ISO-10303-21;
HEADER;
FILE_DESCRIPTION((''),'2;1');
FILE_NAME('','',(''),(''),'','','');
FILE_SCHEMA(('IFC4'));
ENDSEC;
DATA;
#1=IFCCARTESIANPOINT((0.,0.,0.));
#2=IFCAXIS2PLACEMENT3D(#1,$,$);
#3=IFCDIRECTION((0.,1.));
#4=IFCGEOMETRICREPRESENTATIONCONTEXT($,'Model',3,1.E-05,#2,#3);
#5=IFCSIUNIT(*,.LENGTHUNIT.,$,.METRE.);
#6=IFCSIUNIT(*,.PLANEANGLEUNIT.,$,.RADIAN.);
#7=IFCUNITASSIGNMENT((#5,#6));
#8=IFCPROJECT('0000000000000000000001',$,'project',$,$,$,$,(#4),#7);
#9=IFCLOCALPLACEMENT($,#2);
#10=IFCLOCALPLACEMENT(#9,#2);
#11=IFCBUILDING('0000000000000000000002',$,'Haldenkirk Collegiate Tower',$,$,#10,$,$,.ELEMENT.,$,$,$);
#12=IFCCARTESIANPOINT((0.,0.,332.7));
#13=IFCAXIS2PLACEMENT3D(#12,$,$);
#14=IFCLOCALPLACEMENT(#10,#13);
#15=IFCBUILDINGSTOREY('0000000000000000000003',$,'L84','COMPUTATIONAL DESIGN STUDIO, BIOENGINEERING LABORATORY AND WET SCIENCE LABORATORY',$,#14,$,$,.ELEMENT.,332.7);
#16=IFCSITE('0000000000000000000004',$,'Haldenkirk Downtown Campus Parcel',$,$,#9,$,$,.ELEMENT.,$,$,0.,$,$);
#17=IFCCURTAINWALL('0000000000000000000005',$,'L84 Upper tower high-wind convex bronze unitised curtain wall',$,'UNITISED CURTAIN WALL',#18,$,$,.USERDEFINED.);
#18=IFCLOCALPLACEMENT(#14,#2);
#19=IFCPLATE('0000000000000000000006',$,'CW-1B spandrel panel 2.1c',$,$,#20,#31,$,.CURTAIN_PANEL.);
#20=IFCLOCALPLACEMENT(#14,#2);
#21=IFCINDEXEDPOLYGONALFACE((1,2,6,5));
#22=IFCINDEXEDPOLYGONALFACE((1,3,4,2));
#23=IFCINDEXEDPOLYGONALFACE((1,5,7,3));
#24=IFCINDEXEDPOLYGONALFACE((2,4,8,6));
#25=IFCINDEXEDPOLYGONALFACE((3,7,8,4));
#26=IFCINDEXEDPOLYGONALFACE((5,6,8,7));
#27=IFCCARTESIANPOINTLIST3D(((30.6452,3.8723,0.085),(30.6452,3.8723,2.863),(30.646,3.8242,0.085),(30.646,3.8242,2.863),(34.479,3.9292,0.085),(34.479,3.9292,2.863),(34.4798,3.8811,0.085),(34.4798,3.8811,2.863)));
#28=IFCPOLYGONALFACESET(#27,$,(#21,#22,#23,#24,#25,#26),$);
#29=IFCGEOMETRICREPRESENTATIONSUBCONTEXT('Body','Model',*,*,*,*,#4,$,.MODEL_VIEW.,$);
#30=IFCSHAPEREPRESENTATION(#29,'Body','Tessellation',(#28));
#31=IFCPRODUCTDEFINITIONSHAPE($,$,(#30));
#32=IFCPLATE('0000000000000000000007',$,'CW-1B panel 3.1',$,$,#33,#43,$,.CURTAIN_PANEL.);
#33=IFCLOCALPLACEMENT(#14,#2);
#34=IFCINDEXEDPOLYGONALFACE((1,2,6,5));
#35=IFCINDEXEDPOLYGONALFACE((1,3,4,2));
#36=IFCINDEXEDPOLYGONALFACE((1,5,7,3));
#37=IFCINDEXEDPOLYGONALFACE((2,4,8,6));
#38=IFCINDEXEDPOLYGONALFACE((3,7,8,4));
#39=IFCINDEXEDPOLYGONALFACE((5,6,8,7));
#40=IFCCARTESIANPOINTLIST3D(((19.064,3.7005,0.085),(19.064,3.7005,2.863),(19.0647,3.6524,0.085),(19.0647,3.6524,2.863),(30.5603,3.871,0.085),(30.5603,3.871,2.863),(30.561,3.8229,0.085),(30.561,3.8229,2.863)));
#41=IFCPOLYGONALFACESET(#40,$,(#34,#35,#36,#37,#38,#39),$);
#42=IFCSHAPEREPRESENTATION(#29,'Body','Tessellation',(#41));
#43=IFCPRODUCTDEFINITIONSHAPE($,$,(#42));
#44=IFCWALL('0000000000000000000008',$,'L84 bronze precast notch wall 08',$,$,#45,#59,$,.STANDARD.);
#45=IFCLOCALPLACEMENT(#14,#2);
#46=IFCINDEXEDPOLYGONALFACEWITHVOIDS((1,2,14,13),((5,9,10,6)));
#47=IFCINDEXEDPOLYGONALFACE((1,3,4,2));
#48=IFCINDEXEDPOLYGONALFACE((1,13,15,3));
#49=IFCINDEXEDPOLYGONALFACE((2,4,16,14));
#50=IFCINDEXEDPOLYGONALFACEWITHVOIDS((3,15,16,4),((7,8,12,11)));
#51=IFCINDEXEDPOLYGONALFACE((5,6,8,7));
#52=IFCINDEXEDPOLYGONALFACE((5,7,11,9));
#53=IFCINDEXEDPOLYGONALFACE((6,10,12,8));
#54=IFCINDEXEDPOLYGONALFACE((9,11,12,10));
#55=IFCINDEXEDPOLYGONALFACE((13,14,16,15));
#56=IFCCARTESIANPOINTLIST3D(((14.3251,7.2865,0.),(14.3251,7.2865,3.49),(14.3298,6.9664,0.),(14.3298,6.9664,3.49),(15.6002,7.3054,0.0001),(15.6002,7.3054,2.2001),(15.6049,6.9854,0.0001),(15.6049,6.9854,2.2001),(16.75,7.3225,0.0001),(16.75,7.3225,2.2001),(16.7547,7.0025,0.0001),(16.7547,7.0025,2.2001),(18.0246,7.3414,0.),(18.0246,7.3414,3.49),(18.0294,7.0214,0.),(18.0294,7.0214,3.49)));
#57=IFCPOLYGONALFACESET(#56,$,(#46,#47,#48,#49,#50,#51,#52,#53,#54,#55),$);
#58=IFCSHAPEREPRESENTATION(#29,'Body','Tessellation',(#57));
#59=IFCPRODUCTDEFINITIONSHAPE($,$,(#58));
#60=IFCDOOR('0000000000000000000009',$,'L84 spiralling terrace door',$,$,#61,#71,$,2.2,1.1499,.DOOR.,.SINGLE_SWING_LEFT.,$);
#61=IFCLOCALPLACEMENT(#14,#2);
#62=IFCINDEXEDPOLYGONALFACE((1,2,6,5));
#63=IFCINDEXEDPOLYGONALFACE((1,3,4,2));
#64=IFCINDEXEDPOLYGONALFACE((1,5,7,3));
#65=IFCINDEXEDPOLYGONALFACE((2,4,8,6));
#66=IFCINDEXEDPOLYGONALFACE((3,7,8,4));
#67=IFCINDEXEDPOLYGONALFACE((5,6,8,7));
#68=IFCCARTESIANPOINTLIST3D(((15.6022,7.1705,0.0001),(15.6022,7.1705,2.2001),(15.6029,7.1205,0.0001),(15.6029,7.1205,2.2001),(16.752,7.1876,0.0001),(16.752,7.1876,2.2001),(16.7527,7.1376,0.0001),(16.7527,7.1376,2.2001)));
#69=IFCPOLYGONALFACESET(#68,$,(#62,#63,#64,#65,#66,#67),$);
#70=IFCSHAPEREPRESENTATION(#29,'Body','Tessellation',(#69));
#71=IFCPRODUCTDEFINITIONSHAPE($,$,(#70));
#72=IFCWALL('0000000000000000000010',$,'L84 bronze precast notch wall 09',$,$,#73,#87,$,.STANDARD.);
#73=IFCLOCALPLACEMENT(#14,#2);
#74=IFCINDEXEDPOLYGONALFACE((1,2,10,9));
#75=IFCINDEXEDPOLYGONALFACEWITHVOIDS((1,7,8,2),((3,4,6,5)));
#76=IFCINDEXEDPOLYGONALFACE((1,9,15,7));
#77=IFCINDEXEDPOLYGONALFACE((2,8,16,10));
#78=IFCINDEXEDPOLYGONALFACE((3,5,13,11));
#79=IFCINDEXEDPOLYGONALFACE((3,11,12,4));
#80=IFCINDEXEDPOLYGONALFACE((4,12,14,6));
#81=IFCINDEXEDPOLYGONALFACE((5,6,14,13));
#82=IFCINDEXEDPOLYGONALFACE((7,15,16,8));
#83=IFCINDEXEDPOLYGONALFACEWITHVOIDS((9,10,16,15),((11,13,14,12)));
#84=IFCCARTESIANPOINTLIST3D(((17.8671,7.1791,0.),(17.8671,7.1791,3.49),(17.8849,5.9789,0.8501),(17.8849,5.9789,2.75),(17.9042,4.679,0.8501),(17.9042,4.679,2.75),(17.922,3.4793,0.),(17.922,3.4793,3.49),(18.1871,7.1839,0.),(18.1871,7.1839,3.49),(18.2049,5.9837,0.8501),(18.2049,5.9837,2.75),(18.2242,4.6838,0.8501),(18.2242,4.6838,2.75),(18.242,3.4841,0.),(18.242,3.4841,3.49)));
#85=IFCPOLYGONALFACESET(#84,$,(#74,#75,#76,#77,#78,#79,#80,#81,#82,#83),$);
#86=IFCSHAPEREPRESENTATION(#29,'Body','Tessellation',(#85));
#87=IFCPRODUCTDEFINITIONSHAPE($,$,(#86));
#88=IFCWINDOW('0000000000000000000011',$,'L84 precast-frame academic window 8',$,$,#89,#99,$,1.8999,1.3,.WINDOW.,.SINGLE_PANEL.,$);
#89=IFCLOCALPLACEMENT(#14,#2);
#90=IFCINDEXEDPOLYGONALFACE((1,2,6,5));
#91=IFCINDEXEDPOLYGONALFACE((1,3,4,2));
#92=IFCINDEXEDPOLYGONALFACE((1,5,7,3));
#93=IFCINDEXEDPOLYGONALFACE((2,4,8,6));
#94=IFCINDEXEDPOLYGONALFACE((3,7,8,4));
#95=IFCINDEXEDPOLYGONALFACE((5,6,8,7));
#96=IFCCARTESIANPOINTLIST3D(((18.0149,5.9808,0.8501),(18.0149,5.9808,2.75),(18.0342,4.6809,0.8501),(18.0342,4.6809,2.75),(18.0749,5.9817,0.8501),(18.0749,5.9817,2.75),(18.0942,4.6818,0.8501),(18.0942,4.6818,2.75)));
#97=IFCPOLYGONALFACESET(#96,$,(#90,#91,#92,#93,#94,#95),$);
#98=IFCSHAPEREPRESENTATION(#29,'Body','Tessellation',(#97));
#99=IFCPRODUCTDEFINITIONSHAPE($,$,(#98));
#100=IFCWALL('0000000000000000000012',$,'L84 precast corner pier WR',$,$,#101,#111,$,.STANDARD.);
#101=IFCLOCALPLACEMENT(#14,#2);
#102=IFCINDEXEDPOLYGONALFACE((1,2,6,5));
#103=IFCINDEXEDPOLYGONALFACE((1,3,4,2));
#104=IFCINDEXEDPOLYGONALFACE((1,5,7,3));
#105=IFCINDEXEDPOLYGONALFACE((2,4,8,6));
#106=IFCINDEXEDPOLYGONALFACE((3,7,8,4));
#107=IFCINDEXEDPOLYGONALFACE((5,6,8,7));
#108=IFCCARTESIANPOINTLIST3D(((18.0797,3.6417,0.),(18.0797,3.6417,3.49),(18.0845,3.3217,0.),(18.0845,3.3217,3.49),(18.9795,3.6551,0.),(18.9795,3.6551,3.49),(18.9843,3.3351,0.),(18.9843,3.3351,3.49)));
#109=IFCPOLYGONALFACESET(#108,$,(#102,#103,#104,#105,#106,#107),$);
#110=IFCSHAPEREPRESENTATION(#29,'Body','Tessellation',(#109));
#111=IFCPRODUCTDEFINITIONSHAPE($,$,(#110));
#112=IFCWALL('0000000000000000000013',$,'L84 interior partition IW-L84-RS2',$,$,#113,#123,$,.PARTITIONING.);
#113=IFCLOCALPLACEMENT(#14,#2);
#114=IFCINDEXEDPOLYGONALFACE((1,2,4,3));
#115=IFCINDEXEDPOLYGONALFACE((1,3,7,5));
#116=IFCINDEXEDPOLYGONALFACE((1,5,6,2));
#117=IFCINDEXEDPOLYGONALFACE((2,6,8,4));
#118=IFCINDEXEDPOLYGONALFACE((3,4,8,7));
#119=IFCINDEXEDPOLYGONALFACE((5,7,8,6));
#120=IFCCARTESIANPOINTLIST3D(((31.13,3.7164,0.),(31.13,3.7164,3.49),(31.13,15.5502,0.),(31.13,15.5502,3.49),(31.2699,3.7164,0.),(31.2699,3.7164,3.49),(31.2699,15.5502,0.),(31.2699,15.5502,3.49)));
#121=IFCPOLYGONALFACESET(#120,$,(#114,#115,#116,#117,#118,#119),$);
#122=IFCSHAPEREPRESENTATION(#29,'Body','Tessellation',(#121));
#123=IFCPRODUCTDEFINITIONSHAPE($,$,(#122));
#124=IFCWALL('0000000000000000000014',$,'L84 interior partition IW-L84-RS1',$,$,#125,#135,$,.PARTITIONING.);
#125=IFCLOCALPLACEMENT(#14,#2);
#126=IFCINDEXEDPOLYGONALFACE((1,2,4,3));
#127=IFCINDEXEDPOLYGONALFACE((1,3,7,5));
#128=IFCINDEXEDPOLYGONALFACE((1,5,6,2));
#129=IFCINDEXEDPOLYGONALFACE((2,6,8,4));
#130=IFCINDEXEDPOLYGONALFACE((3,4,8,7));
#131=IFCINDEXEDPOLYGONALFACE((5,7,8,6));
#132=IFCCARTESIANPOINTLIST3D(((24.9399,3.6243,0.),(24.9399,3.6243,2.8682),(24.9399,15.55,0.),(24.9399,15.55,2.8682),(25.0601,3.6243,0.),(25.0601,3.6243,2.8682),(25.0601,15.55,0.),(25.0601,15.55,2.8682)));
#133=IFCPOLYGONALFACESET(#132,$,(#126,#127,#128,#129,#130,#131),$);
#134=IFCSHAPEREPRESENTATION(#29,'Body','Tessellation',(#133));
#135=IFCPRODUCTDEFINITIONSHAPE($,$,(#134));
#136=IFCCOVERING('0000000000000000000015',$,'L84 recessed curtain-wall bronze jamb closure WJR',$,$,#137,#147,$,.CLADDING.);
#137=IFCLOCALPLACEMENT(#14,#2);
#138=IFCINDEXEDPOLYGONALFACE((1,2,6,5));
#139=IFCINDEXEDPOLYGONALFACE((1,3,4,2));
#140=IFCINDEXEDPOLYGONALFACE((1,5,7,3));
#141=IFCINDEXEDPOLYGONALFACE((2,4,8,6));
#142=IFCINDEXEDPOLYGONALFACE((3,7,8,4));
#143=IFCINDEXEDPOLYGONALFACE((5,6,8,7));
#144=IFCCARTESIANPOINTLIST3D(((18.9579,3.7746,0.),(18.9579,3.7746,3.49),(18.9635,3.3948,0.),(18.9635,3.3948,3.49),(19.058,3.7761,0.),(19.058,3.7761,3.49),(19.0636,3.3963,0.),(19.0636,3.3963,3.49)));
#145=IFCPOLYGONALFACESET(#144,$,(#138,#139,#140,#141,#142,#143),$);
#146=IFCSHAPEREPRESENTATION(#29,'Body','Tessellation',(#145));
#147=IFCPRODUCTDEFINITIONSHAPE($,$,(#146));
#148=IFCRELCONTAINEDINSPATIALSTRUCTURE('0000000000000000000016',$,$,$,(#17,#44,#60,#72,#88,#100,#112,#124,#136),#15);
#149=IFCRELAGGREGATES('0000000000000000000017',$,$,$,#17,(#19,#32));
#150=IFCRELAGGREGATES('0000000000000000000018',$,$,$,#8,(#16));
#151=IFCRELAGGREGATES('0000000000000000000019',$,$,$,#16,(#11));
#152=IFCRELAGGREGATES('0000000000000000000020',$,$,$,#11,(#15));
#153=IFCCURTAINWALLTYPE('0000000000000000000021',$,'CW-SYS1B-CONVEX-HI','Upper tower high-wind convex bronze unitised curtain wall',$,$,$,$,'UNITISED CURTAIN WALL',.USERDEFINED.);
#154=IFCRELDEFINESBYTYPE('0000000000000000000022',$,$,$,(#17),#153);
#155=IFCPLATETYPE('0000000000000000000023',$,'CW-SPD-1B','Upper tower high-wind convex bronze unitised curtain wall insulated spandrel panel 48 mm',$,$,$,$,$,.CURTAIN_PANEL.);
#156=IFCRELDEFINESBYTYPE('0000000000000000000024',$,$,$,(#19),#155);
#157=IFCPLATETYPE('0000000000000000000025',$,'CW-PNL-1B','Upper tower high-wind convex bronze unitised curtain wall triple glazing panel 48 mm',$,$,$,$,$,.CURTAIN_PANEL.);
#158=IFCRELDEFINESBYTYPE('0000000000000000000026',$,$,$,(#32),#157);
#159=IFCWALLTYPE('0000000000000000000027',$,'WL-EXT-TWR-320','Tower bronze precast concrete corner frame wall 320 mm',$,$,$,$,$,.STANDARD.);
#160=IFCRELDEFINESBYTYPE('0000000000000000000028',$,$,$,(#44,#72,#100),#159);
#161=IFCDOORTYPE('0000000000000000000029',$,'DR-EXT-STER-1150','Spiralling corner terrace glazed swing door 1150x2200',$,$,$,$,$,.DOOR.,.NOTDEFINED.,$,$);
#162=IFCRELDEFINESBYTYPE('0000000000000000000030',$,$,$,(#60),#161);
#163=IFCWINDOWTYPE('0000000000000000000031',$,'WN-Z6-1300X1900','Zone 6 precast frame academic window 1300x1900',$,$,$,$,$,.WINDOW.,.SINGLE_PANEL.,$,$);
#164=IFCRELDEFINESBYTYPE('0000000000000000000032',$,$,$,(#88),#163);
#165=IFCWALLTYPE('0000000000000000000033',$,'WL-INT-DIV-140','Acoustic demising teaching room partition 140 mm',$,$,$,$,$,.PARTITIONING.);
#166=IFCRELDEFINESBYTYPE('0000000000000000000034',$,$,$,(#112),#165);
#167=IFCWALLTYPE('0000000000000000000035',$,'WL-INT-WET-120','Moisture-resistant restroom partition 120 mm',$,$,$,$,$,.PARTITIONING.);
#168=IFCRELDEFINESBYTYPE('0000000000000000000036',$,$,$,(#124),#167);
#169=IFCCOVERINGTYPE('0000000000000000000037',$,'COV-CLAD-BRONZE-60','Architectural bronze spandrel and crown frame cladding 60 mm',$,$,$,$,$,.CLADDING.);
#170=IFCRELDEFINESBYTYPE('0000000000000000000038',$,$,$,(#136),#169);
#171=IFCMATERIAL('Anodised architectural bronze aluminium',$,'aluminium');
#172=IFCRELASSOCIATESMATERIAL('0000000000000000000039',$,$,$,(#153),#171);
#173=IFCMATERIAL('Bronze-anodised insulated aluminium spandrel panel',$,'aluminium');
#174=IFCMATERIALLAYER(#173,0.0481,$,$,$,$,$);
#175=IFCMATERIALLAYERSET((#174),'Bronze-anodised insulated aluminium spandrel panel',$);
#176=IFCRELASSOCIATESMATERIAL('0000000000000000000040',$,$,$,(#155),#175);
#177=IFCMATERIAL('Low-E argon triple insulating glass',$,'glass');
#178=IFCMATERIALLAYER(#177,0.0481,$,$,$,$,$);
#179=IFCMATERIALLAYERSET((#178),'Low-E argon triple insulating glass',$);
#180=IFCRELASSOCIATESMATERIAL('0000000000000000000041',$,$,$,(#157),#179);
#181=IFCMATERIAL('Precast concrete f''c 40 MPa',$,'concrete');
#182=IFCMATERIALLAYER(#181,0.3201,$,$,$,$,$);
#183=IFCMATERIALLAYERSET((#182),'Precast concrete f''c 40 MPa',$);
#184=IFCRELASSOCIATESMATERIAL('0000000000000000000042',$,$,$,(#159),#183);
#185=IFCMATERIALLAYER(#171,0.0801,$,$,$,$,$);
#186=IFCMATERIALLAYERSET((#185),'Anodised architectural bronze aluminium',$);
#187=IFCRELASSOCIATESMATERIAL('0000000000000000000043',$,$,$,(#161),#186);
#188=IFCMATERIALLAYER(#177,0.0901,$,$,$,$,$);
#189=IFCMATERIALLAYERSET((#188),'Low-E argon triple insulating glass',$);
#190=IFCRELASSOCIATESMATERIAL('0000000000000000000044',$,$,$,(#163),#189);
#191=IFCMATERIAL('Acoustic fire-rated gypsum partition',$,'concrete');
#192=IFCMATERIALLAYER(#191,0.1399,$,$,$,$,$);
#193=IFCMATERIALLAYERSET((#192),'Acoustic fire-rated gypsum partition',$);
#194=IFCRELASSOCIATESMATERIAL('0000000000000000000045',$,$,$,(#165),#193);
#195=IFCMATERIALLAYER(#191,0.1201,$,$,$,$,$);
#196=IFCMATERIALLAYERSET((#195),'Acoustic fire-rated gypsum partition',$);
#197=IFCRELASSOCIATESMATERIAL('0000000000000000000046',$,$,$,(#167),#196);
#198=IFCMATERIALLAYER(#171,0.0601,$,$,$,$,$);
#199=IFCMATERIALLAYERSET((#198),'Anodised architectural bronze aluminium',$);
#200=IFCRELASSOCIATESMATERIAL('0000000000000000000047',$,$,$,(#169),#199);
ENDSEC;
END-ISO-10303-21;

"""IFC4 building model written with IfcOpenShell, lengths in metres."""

from ifc_helpers import new_model, si_unit, direction, frame, frame_2d, origin, origin_2d, place, context, subcontext, project, spatial, rectangle, extrude, source, transform, mapped, material, layer, layer_set, type_object, element, fill, aggregate, save


model = new_model("IFC4")

# Units and contexts
model_context = context("Model", 3, precision=1e-05, world=origin(), true_north=direction((0.0, 1.0)))
body_context = subcontext(model_context, "Body", "Model", "MODEL_VIEW")
ifc_project = project(units=[si_unit("LENGTHUNIT", "METRE"), si_unit("PLANEANGLEUNIT", "RADIAN")], contexts=[model_context])

# Site, building, storey
site_placement = place(None, origin())
site = spatial("IfcSite", under=ifc_project, at=site_placement, Name="Haldenkirk Downtown Campus Parcel", CompositionType="ELEMENT", RefElevation=0.0)
building_placement = place(site_placement, origin())
building = spatial("IfcBuilding", under=site, at=building_placement, Name="Haldenkirk Collegiate Tower", CompositionType="ELEMENT")
storey_placement = place(building_placement, frame((0.0, 0.0, 332.7)))
storey = spatial("IfcBuildingStorey", under=building, at=storey_placement, Name="L84", Description="COMPUTATIONAL DESIGN STUDIO, BIOENGINEERING LABORATORY AND WET SCIENCE LABORATORY", CompositionType="ELEMENT", Elevation=332.7)

# Shared definitions
ifc_material_1 = material(Name="Anodised architectural bronze aluminium", Category="aluminium")
curtain_wall_type = type_object("IfcCurtainWallType", Name="CW-SYS1B-CONVEX-HI", Description="Upper tower high-wind convex bronze unitised curtain wall", ElementType="UNITISED CURTAIN WALL", PredefinedType="USERDEFINED", material=ifc_material_1)

# Curtain wall, plates
curtain_wall_1_placement = place(storey_placement, origin())
curtain_wall_1 = element("IfcCurtainWall", 1, at=curtain_wall_1_placement, inside=storey, type_object=curtain_wall_type, Name="L84 Upper tower high-wind convex bronze unitised curtain wall", ObjectType="UNITISED CURTAIN WALL", PredefinedType="USERDEFINED")
ifc_material_2 = material(Name="Bronze-anodised insulated aluminium spandrel panel", Category="aluminium")
ifc_layer_1 = layer(ifc_material_2, 0.0481)
ifc_layer_set_1 = layer_set([ifc_layer_1], Name="Bronze-anodised insulated aluminium spandrel panel")
plate_type_1 = type_object("IfcPlateType", Name="CW-SPD-1B", Description="Upper tower high-wind convex bronze unitised curtain wall insulated spandrel panel 48 mm", PredefinedType="CURTAIN_PANEL", material=ifc_layer_set_1)
shared_shape_1 = source(origin(), body_context, "Body", "SweptSolid", [
    extrude(rectangle(XDim=3.8342, YDim=0.0481, at=origin_2d()), origin(), (0.0, 0.0, 1.0), 2.7781),
])
plate_1_placement = place(storey_placement, frame((32.5625, 3.8767, 0.085), z_axis=(0.0, 0.0, 1.0), x_axis=(-0.99989, -0.014833, 0.0)))
plate_1 = element("IfcPlate", 2, at=plate_1_placement, type_object=plate_type_1, Name="CW-1B spandrel panel 2.1c", PredefinedType="CURTAIN_PANEL", context=body_context, shape_type="MappedRepresentation", body=[
    mapped(shared_shape_1, transform((0.0, 0.0, 0.0), x_axis=(1.0, 0.0, 0.0), y_axis=(0.0, 1.0, 0.0), z_axis=(0.0, 0.0, 1.0), scale=1.0)),
])
ifc_material_3 = material(Name="Low-E argon triple insulating glass", Category="glass")
ifc_layer_2 = layer(ifc_material_3, 0.0481)
ifc_layer_set_2 = layer_set([ifc_layer_2], Name="Low-E argon triple insulating glass")
plate_type_2 = type_object("IfcPlateType", Name="CW-PNL-1B", Description="Upper tower high-wind convex bronze unitised curtain wall triple glazing panel 48 mm", PredefinedType="CURTAIN_PANEL", material=ifc_layer_set_2)
shared_shape_2 = source(origin(), body_context, "Body", "SweptSolid", [
    extrude(rectangle(XDim=11.4976, YDim=0.0481, at=origin_2d()), origin(), (0.0, 0.0, 1.0), 2.7781),
])
plate_2_placement = place(storey_placement, frame((24.8125, 3.7617, 0.085), z_axis=(0.0, 0.0, 1.0), x_axis=(-0.99989, -0.014833, 0.0)))
plate_2 = element("IfcPlate", 3, at=plate_2_placement, type_object=plate_type_2, Name="CW-1B panel 3.1", PredefinedType="CURTAIN_PANEL", context=body_context, shape_type="MappedRepresentation", body=[
    mapped(shared_shape_2, transform((0.0, 0.0, 0.0), x_axis=(1.0, 0.0, 0.0), y_axis=(0.0, 1.0, 0.0), z_axis=(0.0, 0.0, 1.0), scale=1.0)),
])
aggregate(curtain_wall_1, [plate_1, plate_2])

# Wall, opening, door
ifc_material_4 = material(Name="Precast concrete f'c 40 MPa", Category="concrete")
ifc_layer_3 = layer(ifc_material_4, 0.3201)
ifc_layer_set_3 = layer_set([ifc_layer_3], Name="Precast concrete f'c 40 MPa")
wall_type_1 = type_object("IfcWallType", Name="WL-EXT-TWR-320", Description="Tower bronze precast concrete corner frame wall 320 mm", PredefinedType="STANDARD", material=ifc_layer_set_3)
wall_1_placement = place(storey_placement, frame((18.0271, 7.1814, 0.0), z_axis=(0.0, 0.0, 1.0), x_axis=(-0.99989, -0.014847, 0.0)))
wall_1 = element("IfcWall", 4, at=wall_1_placement, inside=storey, type_object=wall_type_1, Name="L84 bronze precast notch wall 08", PredefinedType="STANDARD", context=body_context, shape_type="SweptSolid", body=[
    extrude(rectangle(XDim=3.7, YDim=0.3201, at=frame_2d((1.8501, 0.0))), origin(), (0.0, 0.0, 1.0), 3.49),
])
opening_1_placement = place(wall_1_placement, frame((1.2749, 0.0, 0.0)))
opening_1 = element("IfcOpeningElement", 5, at=opening_1_placement, cuts=wall_1, PredefinedType="OPENING", context=body_context, shape_type="SweptSolid", body=[
    extrude(rectangle(XDim=1.1499, YDim=2.2, at=frame_2d((0.575, 1.1001))), frame((0.0, 0.1699, 0.0), z_axis=(0.0, -1.0, 0.0), x_axis=(1.0, 0.0, 0.0)), (0.0, 0.0, 1.0), 0.3401),
])
ifc_layer_4 = layer(ifc_material_1, 0.0801)
ifc_layer_set_4 = layer_set([ifc_layer_4], Name="Anodised architectural bronze aluminium")
door_type = type_object("IfcDoorType", Name="DR-EXT-STER-1150", Description="Spiralling corner terrace glazed swing door 1150x2200", OperationType="NOTDEFINED", PredefinedType="DOOR", material=ifc_layer_set_4)
door_placement = place(opening_1_placement, origin())
door = element("IfcDoor", 6, at=door_placement, inside=storey, type_object=door_type, Name="L84 spiralling terrace door", OperationType="SINGLE_SWING_LEFT", OverallHeight=2.2, OverallWidth=1.1499, PredefinedType="DOOR", context=body_context, shape_type="SweptSolid", body=[
    extrude(rectangle(XDim=1.1499, YDim=2.2, at=frame_2d((0.575, 1.1001))), frame((0.0, 0.0249, 0.0), z_axis=(0.0, -1.0, 0.0), x_axis=(1.0, 0.0, 0.0)), (0.0, 0.0, 1.0), 0.05),
])
fill(opening_1, door)

# Wall, opening, window
wall_2_placement = place(storey_placement, frame((18.082, 3.4817, 0.0), z_axis=(0.0, 0.0, 1.0), x_axis=(-0.014846, 0.99989, 0.0)))
wall_2 = element("IfcWall", 7, at=wall_2_placement, inside=storey, type_object=wall_type_1, Name="L84 bronze precast notch wall 09", PredefinedType="STANDARD", context=body_context, shape_type="SweptSolid", body=[
    extrude(rectangle(XDim=3.7002, YDim=0.3201, at=frame_2d((1.8501, 0.0))), origin(), (0.0, 0.0, 1.0), 3.49),
])
opening_2_placement = place(wall_2_placement, frame((1.2, 0.0, 0.8501)))
opening_2 = element("IfcOpeningElement", 8, at=opening_2_placement, cuts=wall_2, PredefinedType="OPENING", context=body_context, shape_type="SweptSolid", body=[
    extrude(rectangle(XDim=1.3, YDim=1.8999, at=frame_2d((0.6499, 0.95))), frame((0.0, 0.1699, 0.0), z_axis=(0.0, -1.0, 0.0), x_axis=(1.0, 0.0, 0.0)), (0.0, 0.0, 1.0), 0.3401),
])
ifc_layer_5 = layer(ifc_material_3, 0.0901)
ifc_layer_set_5 = layer_set([ifc_layer_5], Name="Low-E argon triple insulating glass")
window_type = type_object("IfcWindowType", Name="WN-Z6-1300X1900", Description="Zone 6 precast frame academic window 1300x1900", PartitioningType="SINGLE_PANEL", PredefinedType="WINDOW", material=ifc_layer_set_5)
window_placement = place(opening_2_placement, origin())
window = element("IfcWindow", 9, at=window_placement, inside=storey, type_object=window_type, Name="L84 precast-frame academic window 8", OverallHeight=1.8999, OverallWidth=1.3, PartitioningType="SINGLE_PANEL", PredefinedType="WINDOW", context=body_context, shape_type="SweptSolid", body=[
    extrude(rectangle(XDim=1.3, YDim=1.8999, at=frame_2d((0.6499, 0.95))), frame((0.0, 0.03, 0.0), z_axis=(0.0, -1.0, 0.0), x_axis=(1.0, 0.0, 0.0)), (0.0, 0.0, 1.0), 0.0601),
])
fill(opening_2, window)

# Walls
wall_3_placement = place(storey_placement, frame((18.9819, 3.4951, 0.0), z_axis=(0.0, 0.0, 1.0), x_axis=(-0.999889, -0.01492, 0.0)))
element("IfcWall", 10, at=wall_3_placement, inside=storey, type_object=wall_type_1, Name="L84 precast corner pier WR", PredefinedType="STANDARD", context=body_context, shape_type="SweptSolid", body=[
    extrude(rectangle(XDim=0.8999, YDim=0.3201, at=frame_2d((0.45, 0.0))), origin(), (0.0, 0.0, 1.0), 3.49),
])
ifc_material_5 = material(Name="Acoustic fire-rated gypsum partition", Category="concrete")
ifc_layer_6 = layer(ifc_material_5, 0.1399)
ifc_layer_set_6 = layer_set([ifc_layer_6], Name="Acoustic fire-rated gypsum partition")
wall_type_2 = type_object("IfcWallType", Name="WL-INT-DIV-140", Description="Acoustic demising teaching room partition 140 mm", PredefinedType="PARTITIONING", material=ifc_layer_set_6)
wall_4_placement = place(storey_placement, frame((31.2, 3.7163, 0.0), z_axis=(0.0, 0.0, 1.0), x_axis=(0.0, 1.0, 0.0)))
element("IfcWall", 11, at=wall_4_placement, inside=storey, type_object=wall_type_2, Name="L84 interior partition IW-L84-RS2", PredefinedType="PARTITIONING", context=body_context, shape_type="SweptSolid", body=[
    extrude(rectangle(XDim=11.8337, YDim=0.1399, at=frame_2d((5.917, 0.0))), origin(), (0.0, 0.0, 1.0), 3.49),
])
ifc_layer_7 = layer(ifc_material_5, 0.1201)
ifc_layer_set_7 = layer_set([ifc_layer_7], Name="Acoustic fire-rated gypsum partition")
wall_type_3 = type_object("IfcWallType", Name="WL-INT-WET-120", Description="Moisture-resistant restroom partition 120 mm", PredefinedType="PARTITIONING", material=ifc_layer_set_7)
wall_5_placement = place(storey_placement, frame((25.0, 3.6243, 0.0), z_axis=(0.0, 0.0, 1.0), x_axis=(0.0, 1.0, 0.0)))
element("IfcWall", 12, at=wall_5_placement, inside=storey, type_object=wall_type_3, Name="L84 interior partition IW-L84-RS1", PredefinedType="PARTITIONING", context=body_context, shape_type="SweptSolid", body=[
    extrude(rectangle(XDim=11.9258, YDim=0.1201, at=frame_2d((5.9629, 0.0))), origin(), (0.0, 0.0, 1.0), 2.8682),
])

# Covering
ifc_layer_8 = layer(ifc_material_1, 0.0601)
ifc_layer_set_8 = layer_set([ifc_layer_8], Name="Anodised architectural bronze aluminium")
covering_type = type_object("IfcCoveringType", Name="COV-CLAD-BRONZE-60", Description="Architectural bronze spandrel and crown frame cladding 60 mm", PredefinedType="CLADDING", material=ifc_layer_set_8)
shared_shape_3 = source(origin(), body_context, "Body", "SweptSolid", [
    extrude(rectangle(XDim=0.1001, YDim=0.3799, at=origin_2d()), origin(), (0.0, 0.0, 1.0), 3.49),
])
covering_placement = place(storey_placement, frame((19.0107, 3.5854, 0.0), z_axis=(0.0, 0.0, 1.0), x_axis=(-0.99989, -0.014835, 0.0)))
element("IfcCovering", 13, at=covering_placement, inside=storey, type_object=covering_type, Name="L84 recessed curtain-wall bronze jamb closure WJR", PredefinedType="CLADDING", context=body_context, shape_type="MappedRepresentation", body=[
    mapped(shared_shape_3, transform((0.0, 0.0, 0.0), x_axis=(1.0, 0.0, 0.0), y_axis=(0.0, 1.0, 0.0), z_axis=(0.0, 0.0, 1.0), scale=1.0)),
])

save(model, "model.ifc")
